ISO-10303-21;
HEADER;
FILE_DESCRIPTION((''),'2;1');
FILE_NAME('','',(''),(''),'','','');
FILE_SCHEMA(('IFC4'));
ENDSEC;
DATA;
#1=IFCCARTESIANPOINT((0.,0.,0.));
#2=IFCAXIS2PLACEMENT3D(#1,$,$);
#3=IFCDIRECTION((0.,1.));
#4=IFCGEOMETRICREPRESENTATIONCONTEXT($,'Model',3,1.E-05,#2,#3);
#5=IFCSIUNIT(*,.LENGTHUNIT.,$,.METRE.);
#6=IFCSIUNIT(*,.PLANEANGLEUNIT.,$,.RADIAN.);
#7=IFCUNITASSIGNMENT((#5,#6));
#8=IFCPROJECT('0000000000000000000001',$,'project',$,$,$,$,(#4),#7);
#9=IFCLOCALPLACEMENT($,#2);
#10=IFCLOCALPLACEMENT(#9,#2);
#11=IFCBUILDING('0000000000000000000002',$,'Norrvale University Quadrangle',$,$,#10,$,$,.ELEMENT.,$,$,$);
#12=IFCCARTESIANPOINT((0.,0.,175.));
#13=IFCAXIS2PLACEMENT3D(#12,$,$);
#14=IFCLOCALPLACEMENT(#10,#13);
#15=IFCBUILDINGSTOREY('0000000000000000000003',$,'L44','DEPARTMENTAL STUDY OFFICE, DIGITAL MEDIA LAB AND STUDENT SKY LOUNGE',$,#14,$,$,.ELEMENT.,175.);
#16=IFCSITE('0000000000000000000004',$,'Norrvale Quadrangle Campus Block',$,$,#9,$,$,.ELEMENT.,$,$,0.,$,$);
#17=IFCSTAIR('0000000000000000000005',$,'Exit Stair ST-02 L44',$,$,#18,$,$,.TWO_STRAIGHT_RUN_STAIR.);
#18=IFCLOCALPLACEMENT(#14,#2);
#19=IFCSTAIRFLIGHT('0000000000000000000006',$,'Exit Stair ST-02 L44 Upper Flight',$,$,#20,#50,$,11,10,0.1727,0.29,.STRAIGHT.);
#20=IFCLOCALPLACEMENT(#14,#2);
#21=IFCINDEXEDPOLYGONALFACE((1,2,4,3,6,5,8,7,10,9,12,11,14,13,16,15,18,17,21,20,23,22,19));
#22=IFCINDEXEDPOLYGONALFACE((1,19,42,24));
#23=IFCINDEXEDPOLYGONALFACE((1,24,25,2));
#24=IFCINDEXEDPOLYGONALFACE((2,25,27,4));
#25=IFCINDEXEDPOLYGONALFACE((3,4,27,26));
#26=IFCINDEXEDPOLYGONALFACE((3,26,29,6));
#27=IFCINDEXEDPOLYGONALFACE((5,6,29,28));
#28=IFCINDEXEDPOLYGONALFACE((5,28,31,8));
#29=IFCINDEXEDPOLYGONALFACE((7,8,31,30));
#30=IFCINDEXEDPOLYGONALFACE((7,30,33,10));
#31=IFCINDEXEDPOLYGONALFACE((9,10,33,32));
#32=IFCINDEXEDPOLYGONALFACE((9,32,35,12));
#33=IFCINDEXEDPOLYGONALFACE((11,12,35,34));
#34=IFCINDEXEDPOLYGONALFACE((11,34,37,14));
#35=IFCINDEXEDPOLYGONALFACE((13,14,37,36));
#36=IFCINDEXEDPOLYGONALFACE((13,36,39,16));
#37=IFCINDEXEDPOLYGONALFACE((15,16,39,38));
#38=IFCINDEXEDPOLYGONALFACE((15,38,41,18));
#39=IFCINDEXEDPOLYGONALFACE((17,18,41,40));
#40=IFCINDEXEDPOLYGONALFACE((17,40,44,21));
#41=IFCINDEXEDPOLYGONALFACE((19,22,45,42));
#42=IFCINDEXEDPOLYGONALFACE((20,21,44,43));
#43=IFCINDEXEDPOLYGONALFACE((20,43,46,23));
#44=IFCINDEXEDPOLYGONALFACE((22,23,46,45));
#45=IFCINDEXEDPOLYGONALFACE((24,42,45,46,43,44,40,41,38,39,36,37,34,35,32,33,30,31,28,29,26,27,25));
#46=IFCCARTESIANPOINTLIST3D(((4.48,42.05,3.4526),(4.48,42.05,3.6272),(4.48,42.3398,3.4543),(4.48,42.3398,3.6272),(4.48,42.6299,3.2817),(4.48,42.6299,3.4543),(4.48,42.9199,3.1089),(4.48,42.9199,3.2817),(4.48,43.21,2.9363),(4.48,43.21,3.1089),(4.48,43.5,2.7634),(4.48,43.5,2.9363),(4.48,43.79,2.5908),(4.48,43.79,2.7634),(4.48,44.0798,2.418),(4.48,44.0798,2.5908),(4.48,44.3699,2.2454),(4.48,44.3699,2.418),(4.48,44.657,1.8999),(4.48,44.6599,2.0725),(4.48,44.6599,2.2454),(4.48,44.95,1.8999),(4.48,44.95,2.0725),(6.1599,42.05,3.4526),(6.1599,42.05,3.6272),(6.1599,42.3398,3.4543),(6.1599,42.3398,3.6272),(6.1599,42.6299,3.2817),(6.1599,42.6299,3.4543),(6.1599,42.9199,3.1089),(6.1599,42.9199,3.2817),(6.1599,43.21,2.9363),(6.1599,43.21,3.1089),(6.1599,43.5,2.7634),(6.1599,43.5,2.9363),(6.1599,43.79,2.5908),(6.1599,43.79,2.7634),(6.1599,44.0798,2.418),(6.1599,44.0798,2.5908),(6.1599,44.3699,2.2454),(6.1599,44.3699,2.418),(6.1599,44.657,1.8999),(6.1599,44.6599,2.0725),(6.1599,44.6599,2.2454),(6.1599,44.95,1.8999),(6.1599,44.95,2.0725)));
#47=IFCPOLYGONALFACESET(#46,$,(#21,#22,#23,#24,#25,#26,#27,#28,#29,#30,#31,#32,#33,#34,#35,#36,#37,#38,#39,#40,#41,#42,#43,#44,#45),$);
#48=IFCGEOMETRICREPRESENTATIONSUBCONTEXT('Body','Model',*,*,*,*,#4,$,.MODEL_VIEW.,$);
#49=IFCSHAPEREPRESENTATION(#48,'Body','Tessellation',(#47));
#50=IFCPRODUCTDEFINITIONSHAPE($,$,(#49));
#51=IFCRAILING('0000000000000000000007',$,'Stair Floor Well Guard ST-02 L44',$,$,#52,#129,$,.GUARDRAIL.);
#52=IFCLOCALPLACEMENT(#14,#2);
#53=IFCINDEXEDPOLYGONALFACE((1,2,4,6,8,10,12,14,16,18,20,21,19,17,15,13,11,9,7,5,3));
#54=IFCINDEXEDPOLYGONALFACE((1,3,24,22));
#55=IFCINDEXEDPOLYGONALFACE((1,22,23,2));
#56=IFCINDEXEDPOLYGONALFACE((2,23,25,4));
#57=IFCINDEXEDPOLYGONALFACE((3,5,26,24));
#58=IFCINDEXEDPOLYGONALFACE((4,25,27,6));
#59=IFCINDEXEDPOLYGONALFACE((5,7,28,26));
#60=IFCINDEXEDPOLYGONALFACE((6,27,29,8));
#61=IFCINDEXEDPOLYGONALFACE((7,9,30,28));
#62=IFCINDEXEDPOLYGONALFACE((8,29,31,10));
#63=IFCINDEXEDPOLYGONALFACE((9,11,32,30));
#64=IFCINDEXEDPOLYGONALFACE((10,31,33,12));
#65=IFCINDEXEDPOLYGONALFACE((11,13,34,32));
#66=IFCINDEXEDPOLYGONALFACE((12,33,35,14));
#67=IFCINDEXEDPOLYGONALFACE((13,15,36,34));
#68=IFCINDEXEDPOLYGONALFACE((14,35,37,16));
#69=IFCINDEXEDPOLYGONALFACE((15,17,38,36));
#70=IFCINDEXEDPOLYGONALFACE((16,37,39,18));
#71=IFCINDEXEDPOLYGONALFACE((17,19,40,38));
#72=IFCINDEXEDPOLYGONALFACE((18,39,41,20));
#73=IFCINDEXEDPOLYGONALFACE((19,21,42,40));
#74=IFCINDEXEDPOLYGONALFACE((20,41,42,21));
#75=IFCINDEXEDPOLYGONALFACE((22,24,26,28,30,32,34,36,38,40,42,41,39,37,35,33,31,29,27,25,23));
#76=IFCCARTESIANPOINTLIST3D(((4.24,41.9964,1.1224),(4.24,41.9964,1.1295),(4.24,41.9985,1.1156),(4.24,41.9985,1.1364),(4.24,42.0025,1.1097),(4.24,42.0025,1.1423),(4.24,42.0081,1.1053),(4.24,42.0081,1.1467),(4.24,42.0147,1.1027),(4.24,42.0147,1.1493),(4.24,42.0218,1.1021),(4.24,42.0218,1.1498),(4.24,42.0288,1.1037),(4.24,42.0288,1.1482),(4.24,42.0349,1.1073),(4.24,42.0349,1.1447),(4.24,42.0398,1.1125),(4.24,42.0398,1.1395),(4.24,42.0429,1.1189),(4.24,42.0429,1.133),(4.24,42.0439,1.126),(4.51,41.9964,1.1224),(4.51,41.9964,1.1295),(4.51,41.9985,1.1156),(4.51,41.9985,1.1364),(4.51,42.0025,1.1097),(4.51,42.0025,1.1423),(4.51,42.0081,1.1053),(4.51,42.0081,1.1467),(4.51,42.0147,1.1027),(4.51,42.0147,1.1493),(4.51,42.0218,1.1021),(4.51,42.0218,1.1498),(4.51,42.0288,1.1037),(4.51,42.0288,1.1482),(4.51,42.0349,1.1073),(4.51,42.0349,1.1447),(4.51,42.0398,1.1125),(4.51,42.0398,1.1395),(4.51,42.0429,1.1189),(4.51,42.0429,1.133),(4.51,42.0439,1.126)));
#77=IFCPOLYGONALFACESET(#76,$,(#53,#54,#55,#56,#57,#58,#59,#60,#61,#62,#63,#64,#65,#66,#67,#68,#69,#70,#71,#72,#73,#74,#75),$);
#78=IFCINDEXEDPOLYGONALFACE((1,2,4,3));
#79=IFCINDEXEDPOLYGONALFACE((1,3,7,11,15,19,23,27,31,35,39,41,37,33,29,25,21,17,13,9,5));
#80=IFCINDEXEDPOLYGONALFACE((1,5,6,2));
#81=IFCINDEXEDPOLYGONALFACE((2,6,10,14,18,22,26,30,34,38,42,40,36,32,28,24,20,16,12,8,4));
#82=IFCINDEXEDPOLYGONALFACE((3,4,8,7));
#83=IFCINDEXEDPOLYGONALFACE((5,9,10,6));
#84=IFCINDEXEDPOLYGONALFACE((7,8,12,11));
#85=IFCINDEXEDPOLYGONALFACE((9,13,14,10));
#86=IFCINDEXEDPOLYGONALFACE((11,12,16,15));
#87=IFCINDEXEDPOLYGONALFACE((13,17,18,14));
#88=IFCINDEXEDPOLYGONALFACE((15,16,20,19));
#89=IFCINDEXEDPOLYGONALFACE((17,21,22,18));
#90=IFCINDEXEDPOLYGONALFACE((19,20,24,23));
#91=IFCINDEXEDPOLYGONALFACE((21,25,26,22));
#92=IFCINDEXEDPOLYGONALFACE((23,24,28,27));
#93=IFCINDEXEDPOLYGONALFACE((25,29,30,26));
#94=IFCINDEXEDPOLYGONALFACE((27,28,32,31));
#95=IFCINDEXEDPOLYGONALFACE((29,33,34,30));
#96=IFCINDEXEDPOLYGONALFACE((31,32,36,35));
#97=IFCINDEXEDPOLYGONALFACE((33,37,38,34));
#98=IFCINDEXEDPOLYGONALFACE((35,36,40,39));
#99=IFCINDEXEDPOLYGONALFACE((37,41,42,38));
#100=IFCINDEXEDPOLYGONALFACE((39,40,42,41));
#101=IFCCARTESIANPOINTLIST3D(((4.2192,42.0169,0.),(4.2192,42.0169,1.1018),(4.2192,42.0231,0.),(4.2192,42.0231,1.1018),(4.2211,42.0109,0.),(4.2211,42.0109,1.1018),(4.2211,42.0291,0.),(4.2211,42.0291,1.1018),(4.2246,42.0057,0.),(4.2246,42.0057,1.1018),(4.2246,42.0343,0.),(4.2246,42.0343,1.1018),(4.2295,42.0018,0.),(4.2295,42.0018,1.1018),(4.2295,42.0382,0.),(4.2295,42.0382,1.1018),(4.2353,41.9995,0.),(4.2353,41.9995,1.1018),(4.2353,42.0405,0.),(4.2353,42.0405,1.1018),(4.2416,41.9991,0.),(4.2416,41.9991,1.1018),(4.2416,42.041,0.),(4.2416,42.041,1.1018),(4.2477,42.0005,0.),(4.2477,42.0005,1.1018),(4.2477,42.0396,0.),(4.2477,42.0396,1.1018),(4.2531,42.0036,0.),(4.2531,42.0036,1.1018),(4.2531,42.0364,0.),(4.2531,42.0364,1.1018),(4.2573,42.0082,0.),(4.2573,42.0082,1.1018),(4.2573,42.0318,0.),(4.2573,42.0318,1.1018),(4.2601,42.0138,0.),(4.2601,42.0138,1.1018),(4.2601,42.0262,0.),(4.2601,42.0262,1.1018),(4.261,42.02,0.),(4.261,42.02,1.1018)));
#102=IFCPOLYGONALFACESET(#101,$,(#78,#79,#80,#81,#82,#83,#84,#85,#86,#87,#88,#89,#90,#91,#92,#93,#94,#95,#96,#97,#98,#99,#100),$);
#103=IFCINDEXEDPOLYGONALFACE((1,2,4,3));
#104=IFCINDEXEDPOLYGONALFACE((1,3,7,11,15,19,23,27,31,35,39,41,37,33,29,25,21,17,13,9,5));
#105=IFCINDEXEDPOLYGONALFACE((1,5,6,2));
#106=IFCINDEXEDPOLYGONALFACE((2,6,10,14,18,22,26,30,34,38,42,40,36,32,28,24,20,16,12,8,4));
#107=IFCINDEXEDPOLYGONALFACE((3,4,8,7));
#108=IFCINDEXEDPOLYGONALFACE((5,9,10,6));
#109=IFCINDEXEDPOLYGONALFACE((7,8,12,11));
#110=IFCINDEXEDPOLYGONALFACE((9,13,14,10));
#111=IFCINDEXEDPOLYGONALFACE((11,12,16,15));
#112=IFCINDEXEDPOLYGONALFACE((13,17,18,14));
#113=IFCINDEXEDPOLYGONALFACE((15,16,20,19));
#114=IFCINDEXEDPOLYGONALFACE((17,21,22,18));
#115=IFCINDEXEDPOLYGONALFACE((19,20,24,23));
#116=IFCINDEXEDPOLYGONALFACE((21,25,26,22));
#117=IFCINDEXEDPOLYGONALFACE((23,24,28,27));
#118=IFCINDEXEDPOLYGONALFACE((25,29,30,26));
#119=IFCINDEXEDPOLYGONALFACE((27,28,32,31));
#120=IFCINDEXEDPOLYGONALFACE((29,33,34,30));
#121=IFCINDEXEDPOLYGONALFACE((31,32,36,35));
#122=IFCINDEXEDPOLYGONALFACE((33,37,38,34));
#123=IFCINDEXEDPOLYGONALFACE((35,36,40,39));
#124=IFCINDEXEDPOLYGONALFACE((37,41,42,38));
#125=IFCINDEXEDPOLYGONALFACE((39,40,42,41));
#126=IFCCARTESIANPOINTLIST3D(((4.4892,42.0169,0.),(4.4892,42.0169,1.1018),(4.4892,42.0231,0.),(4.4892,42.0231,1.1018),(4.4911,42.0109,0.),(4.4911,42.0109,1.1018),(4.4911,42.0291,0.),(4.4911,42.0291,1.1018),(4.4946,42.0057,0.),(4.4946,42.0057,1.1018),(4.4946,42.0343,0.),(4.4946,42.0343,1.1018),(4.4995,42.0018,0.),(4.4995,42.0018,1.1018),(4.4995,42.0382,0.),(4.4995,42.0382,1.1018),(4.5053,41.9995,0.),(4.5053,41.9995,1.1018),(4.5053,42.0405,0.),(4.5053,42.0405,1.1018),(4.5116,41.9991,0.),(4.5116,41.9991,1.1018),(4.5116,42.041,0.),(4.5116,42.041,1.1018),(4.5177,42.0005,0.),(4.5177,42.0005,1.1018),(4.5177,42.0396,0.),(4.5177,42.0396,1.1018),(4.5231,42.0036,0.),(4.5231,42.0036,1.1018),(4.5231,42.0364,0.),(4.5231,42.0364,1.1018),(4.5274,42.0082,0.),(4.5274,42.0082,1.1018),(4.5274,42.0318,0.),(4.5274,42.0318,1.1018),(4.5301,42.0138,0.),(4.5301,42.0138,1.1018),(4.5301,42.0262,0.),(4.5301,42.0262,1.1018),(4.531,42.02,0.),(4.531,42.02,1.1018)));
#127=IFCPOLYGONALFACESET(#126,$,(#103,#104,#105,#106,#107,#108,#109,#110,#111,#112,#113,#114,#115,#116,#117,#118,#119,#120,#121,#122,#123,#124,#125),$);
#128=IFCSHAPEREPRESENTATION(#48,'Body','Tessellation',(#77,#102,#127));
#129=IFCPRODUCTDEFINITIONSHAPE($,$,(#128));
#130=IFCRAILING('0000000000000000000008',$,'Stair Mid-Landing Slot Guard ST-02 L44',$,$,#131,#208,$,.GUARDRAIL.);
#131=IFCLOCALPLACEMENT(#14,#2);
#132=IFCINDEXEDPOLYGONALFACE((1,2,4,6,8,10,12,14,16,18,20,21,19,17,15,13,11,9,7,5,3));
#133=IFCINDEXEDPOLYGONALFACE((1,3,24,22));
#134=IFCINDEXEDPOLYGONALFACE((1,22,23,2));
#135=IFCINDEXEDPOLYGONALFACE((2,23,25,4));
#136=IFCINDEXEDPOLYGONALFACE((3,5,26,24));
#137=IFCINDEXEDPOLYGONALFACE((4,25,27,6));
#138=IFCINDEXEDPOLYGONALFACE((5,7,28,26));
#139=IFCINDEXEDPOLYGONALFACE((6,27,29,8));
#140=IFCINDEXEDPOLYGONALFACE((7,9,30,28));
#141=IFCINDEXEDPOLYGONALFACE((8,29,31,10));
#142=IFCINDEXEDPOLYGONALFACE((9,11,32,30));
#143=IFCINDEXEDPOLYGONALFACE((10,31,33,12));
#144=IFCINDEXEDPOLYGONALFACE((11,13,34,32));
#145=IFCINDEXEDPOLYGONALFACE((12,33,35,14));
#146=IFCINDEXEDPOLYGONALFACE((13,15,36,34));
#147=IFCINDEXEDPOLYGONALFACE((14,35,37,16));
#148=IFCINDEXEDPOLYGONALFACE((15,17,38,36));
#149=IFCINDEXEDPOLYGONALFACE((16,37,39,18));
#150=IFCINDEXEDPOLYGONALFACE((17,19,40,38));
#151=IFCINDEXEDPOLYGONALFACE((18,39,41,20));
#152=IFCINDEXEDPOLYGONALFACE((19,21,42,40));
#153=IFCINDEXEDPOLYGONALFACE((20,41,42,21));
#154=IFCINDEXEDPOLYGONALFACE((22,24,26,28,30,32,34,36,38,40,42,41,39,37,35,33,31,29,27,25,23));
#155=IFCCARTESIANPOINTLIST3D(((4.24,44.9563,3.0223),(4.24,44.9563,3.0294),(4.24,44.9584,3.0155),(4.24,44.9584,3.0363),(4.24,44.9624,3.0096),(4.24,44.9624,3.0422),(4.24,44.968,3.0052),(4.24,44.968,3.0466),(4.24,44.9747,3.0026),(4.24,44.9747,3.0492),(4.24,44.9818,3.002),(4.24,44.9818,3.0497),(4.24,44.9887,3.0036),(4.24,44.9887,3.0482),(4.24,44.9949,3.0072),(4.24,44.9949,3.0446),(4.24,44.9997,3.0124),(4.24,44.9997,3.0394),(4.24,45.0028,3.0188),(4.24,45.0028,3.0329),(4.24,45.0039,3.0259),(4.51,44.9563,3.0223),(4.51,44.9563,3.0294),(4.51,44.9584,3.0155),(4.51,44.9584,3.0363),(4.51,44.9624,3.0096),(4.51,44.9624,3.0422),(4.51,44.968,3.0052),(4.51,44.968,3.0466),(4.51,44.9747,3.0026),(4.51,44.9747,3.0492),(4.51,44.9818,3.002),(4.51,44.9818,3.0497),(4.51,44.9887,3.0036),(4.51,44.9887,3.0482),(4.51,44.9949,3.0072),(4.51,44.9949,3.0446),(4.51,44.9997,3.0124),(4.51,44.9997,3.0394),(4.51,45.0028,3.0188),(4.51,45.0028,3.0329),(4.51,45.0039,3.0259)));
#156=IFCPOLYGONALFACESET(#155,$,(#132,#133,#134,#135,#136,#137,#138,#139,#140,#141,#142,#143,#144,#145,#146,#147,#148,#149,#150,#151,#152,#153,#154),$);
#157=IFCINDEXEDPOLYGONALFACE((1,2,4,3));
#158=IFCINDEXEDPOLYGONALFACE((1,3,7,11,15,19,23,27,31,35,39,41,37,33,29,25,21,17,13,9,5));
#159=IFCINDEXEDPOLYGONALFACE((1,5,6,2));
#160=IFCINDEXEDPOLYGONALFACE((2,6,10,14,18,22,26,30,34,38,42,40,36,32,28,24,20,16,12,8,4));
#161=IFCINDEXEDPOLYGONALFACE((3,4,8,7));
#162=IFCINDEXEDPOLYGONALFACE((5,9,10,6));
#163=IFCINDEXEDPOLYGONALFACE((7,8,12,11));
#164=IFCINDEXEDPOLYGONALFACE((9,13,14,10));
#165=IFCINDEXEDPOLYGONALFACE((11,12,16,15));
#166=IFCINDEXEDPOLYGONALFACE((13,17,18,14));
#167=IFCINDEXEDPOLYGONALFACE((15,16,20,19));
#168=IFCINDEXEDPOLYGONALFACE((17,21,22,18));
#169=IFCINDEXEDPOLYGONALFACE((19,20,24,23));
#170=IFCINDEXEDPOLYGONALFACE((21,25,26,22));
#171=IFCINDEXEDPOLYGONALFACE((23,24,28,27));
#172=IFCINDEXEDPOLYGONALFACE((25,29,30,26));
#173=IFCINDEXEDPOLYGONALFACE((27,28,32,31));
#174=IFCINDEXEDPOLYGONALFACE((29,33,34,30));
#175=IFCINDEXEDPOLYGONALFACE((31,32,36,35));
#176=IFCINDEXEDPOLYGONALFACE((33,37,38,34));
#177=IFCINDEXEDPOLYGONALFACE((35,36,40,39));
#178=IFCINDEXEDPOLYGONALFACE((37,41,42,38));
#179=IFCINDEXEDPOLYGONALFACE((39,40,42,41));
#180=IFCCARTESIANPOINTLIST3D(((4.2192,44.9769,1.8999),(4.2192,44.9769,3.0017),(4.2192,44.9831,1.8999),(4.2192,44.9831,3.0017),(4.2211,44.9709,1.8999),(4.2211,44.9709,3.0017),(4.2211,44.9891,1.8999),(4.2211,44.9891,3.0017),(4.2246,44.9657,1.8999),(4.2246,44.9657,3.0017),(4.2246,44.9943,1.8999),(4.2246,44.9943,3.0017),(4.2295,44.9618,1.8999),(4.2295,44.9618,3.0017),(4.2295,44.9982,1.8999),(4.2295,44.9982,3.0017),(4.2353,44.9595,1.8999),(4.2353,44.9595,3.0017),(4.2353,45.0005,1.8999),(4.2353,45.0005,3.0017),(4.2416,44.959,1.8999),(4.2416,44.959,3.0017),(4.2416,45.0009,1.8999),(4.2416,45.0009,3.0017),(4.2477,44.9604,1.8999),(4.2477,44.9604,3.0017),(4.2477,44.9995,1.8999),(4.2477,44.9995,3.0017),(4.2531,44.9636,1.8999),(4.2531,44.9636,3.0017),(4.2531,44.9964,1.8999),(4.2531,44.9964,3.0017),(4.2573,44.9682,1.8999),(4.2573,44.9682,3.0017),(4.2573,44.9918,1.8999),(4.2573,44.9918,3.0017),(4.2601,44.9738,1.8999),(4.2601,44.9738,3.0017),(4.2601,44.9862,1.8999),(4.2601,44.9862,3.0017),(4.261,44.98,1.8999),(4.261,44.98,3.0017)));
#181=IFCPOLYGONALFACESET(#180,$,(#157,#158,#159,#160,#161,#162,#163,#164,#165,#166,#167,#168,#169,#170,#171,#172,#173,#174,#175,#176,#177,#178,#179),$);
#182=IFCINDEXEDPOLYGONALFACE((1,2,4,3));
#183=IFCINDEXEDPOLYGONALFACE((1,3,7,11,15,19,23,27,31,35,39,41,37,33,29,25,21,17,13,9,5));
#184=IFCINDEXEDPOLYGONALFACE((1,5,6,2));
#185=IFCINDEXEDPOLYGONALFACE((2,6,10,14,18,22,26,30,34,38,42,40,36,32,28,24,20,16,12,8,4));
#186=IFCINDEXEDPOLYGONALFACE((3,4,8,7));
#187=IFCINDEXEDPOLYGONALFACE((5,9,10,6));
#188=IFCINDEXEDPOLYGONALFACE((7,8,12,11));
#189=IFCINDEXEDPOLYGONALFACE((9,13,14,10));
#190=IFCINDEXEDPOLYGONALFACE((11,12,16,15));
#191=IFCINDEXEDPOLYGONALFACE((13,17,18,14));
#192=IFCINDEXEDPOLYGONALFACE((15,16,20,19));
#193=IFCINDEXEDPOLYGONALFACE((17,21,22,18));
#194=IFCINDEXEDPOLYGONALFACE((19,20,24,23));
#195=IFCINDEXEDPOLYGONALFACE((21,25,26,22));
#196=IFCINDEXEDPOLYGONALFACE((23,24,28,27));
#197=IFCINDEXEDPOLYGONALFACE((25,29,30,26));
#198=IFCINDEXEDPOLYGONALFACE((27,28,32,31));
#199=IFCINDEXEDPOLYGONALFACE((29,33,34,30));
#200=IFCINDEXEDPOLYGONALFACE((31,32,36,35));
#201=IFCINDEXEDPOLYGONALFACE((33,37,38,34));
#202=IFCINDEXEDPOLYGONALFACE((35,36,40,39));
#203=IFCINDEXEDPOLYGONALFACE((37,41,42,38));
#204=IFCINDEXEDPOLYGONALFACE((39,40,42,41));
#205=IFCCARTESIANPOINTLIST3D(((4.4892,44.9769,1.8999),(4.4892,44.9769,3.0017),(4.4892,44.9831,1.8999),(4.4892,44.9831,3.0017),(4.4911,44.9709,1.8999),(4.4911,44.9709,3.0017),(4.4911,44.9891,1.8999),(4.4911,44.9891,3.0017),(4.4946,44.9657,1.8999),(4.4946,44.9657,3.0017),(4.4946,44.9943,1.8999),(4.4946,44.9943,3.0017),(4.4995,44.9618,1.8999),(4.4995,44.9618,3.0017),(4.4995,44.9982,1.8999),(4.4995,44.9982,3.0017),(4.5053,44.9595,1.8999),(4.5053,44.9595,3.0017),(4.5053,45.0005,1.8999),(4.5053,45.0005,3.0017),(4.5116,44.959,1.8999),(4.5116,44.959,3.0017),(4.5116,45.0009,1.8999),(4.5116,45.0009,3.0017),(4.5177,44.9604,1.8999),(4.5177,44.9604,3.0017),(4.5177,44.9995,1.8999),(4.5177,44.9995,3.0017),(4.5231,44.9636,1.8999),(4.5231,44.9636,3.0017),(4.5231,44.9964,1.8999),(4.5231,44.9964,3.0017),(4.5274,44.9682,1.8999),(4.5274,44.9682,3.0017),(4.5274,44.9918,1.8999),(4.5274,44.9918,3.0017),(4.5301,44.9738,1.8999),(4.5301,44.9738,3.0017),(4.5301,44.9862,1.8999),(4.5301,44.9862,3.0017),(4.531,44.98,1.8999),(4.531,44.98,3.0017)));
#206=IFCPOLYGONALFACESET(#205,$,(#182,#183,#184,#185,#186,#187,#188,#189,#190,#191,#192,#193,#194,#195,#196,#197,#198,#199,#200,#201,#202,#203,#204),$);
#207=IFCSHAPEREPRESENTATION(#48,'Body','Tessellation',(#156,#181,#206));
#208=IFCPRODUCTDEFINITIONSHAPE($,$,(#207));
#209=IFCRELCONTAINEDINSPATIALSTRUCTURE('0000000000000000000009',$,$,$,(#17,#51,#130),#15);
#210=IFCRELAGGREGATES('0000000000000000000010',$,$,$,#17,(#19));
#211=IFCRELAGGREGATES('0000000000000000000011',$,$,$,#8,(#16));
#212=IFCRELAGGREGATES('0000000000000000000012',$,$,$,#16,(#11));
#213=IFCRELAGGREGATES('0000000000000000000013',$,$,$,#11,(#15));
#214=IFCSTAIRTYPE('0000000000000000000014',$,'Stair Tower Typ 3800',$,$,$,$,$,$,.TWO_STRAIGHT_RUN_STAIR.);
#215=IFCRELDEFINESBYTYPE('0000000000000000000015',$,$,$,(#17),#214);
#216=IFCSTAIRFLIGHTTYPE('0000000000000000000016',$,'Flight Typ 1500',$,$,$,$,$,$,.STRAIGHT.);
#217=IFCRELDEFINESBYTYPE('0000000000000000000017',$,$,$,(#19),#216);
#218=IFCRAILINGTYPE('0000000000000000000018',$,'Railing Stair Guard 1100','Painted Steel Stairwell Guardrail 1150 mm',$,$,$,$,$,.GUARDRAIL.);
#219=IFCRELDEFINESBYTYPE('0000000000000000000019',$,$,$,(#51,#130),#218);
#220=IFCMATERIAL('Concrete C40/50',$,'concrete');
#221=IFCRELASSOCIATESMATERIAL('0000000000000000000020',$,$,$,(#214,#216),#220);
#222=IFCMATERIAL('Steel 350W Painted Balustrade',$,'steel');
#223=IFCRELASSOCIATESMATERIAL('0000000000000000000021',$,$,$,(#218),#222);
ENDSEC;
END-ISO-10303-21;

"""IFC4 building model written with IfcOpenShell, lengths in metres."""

from ifc_helpers import new_model, si_unit, direction, frame, origin, origin_2d, place, context, subcontext, project, spatial, polyline, circle, outline, extrude, material, type_object, element, aggregate, save


model = new_model("IFC4")

# Units and contexts
model_context = context("Model", 3, precision=1e-05, world=origin(), true_north=direction((0.0, 1.0)))
body_context = subcontext(model_context, "Body", "Model", "MODEL_VIEW")
ifc_project = project(units=[si_unit("LENGTHUNIT", "METRE"), si_unit("PLANEANGLEUNIT", "RADIAN")], contexts=[model_context])

# Site, building, storey
site_placement = place(None, origin())
site = spatial("IfcSite", under=ifc_project, at=site_placement, Name="Norrvale Quadrangle Campus Block", CompositionType="ELEMENT", RefElevation=0.0)
building_placement = place(site_placement, origin())
building = spatial("IfcBuilding", under=site, at=building_placement, Name="Norrvale University Quadrangle", CompositionType="ELEMENT")
storey_placement = place(building_placement, frame((0.0, 0.0, 175.0)))
storey = spatial("IfcBuildingStorey", under=building, at=storey_placement, Name="L44", Description="DEPARTMENTAL STUDY OFFICE, DIGITAL MEDIA LAB AND STUDENT SKY LOUNGE", CompositionType="ELEMENT", Elevation=175.0)

# Stair, stair flight
ifc_material_1 = material(Name="Concrete C40/50", Category="concrete")
stair_type = type_object("IfcStairType", Name="Stair Tower Typ 3800", PredefinedType="TWO_STRAIGHT_RUN_STAIR", material=ifc_material_1)
stair_placement = place(storey_placement, origin())
stair = element("IfcStair", 1, at=stair_placement, inside=storey, type_object=stair_type, Name="Exit Stair ST-02 L44", PredefinedType="TWO_STRAIGHT_RUN_STAIR")
stair_flight_type = type_object("IfcStairFlightType", Name="Flight Typ 1500", PredefinedType="STRAIGHT", material=ifc_material_1)
stair_flight_1_placement = place(storey_placement, frame((5.3201, 44.95, 1.8999), z_axis=(0.0, 0.0, 1.0), x_axis=(0.0, -1.0, 0.0)))
stair_flight_1 = element("IfcStairFlight", 2, at=stair_flight_1_placement, type_object=stair_flight_type, Name="Exit Stair ST-02 L44 Upper Flight", NumberOfRisers=11, NumberOfTreads=10, PredefinedType="STRAIGHT", RiserHeight=0.1727, TreadLength=0.29, context=body_context, shape_type="SweptSolid", body=[
    extrude(outline(polyline([(0.0, 0.0), (0.0, 0.1726), (0.29, 0.1726), (0.29, 0.3455), (0.5801, 0.3455), (0.5801, 0.5181), (0.8701, 0.5181), (0.8701, 0.6909), (1.1599, 0.6909), (1.1599, 0.8635), (1.45, 0.8635), (1.45, 1.0364), (1.74, 1.0364), (1.74, 1.209), (2.03, 1.209), (2.03, 1.3818), (2.3201, 1.3818), (2.3201, 1.5544), (2.6101, 1.5544), (2.6101, 1.7273), (2.8999, 1.7273), (2.8999, 1.8999), (2.8999, 1.5527), (0.293, 0.0), (0.0, 0.0)])), frame((0.0, 0.8398, 0.0), z_axis=(0.0, -1.0, 0.0), x_axis=(1.0, 0.0, 0.0)), (0.0, 0.0, 1.0), 1.6799),
])
aggregate(stair, [stair_flight_1])

# Railings
ifc_material_2 = material(Name="Steel 350W Painted Balustrade", Category="steel")
railing_type_1 = type_object("IfcRailingType", Name="Railing Stair Guard 1100", Description="Painted Steel Stairwell Guardrail 1150 mm", PredefinedType="GUARDRAIL", material=ifc_material_2)
for number, where, name in (
    (3, (4.24, 42.02, 0.0), "Stair Floor Well Guard ST-02 L44"),
    (4, (4.24, 44.98, 1.8999), "Stair Mid-Landing Slot Guard ST-02 L44"),
):
    element("IfcRailing", number, at=place(storey_placement, frame(where)), inside=storey, type_object=railing_type_1, Name=name, PredefinedType="GUARDRAIL", context=body_context, shape_type="SweptSolid", body=[
        extrude(circle(Radius=0.0239, at=origin_2d()), frame((0.0, 0.0, 1.126), z_axis=(1.0, 0.0, 0.0), x_axis=(0.0, 1.0, 0.0)), (0.0, 0.0, 1.0), 0.27),
        extrude(circle(Radius=0.021, at=origin_2d()), origin(), (0.0, 0.0, 1.0), 1.1018),
        extrude(circle(Radius=0.021, at=origin_2d()), frame((0.27, 0.0, 0.0)), (0.0, 0.0, 1.0), 1.1018),
    ])

save(model, "model.ifc")
